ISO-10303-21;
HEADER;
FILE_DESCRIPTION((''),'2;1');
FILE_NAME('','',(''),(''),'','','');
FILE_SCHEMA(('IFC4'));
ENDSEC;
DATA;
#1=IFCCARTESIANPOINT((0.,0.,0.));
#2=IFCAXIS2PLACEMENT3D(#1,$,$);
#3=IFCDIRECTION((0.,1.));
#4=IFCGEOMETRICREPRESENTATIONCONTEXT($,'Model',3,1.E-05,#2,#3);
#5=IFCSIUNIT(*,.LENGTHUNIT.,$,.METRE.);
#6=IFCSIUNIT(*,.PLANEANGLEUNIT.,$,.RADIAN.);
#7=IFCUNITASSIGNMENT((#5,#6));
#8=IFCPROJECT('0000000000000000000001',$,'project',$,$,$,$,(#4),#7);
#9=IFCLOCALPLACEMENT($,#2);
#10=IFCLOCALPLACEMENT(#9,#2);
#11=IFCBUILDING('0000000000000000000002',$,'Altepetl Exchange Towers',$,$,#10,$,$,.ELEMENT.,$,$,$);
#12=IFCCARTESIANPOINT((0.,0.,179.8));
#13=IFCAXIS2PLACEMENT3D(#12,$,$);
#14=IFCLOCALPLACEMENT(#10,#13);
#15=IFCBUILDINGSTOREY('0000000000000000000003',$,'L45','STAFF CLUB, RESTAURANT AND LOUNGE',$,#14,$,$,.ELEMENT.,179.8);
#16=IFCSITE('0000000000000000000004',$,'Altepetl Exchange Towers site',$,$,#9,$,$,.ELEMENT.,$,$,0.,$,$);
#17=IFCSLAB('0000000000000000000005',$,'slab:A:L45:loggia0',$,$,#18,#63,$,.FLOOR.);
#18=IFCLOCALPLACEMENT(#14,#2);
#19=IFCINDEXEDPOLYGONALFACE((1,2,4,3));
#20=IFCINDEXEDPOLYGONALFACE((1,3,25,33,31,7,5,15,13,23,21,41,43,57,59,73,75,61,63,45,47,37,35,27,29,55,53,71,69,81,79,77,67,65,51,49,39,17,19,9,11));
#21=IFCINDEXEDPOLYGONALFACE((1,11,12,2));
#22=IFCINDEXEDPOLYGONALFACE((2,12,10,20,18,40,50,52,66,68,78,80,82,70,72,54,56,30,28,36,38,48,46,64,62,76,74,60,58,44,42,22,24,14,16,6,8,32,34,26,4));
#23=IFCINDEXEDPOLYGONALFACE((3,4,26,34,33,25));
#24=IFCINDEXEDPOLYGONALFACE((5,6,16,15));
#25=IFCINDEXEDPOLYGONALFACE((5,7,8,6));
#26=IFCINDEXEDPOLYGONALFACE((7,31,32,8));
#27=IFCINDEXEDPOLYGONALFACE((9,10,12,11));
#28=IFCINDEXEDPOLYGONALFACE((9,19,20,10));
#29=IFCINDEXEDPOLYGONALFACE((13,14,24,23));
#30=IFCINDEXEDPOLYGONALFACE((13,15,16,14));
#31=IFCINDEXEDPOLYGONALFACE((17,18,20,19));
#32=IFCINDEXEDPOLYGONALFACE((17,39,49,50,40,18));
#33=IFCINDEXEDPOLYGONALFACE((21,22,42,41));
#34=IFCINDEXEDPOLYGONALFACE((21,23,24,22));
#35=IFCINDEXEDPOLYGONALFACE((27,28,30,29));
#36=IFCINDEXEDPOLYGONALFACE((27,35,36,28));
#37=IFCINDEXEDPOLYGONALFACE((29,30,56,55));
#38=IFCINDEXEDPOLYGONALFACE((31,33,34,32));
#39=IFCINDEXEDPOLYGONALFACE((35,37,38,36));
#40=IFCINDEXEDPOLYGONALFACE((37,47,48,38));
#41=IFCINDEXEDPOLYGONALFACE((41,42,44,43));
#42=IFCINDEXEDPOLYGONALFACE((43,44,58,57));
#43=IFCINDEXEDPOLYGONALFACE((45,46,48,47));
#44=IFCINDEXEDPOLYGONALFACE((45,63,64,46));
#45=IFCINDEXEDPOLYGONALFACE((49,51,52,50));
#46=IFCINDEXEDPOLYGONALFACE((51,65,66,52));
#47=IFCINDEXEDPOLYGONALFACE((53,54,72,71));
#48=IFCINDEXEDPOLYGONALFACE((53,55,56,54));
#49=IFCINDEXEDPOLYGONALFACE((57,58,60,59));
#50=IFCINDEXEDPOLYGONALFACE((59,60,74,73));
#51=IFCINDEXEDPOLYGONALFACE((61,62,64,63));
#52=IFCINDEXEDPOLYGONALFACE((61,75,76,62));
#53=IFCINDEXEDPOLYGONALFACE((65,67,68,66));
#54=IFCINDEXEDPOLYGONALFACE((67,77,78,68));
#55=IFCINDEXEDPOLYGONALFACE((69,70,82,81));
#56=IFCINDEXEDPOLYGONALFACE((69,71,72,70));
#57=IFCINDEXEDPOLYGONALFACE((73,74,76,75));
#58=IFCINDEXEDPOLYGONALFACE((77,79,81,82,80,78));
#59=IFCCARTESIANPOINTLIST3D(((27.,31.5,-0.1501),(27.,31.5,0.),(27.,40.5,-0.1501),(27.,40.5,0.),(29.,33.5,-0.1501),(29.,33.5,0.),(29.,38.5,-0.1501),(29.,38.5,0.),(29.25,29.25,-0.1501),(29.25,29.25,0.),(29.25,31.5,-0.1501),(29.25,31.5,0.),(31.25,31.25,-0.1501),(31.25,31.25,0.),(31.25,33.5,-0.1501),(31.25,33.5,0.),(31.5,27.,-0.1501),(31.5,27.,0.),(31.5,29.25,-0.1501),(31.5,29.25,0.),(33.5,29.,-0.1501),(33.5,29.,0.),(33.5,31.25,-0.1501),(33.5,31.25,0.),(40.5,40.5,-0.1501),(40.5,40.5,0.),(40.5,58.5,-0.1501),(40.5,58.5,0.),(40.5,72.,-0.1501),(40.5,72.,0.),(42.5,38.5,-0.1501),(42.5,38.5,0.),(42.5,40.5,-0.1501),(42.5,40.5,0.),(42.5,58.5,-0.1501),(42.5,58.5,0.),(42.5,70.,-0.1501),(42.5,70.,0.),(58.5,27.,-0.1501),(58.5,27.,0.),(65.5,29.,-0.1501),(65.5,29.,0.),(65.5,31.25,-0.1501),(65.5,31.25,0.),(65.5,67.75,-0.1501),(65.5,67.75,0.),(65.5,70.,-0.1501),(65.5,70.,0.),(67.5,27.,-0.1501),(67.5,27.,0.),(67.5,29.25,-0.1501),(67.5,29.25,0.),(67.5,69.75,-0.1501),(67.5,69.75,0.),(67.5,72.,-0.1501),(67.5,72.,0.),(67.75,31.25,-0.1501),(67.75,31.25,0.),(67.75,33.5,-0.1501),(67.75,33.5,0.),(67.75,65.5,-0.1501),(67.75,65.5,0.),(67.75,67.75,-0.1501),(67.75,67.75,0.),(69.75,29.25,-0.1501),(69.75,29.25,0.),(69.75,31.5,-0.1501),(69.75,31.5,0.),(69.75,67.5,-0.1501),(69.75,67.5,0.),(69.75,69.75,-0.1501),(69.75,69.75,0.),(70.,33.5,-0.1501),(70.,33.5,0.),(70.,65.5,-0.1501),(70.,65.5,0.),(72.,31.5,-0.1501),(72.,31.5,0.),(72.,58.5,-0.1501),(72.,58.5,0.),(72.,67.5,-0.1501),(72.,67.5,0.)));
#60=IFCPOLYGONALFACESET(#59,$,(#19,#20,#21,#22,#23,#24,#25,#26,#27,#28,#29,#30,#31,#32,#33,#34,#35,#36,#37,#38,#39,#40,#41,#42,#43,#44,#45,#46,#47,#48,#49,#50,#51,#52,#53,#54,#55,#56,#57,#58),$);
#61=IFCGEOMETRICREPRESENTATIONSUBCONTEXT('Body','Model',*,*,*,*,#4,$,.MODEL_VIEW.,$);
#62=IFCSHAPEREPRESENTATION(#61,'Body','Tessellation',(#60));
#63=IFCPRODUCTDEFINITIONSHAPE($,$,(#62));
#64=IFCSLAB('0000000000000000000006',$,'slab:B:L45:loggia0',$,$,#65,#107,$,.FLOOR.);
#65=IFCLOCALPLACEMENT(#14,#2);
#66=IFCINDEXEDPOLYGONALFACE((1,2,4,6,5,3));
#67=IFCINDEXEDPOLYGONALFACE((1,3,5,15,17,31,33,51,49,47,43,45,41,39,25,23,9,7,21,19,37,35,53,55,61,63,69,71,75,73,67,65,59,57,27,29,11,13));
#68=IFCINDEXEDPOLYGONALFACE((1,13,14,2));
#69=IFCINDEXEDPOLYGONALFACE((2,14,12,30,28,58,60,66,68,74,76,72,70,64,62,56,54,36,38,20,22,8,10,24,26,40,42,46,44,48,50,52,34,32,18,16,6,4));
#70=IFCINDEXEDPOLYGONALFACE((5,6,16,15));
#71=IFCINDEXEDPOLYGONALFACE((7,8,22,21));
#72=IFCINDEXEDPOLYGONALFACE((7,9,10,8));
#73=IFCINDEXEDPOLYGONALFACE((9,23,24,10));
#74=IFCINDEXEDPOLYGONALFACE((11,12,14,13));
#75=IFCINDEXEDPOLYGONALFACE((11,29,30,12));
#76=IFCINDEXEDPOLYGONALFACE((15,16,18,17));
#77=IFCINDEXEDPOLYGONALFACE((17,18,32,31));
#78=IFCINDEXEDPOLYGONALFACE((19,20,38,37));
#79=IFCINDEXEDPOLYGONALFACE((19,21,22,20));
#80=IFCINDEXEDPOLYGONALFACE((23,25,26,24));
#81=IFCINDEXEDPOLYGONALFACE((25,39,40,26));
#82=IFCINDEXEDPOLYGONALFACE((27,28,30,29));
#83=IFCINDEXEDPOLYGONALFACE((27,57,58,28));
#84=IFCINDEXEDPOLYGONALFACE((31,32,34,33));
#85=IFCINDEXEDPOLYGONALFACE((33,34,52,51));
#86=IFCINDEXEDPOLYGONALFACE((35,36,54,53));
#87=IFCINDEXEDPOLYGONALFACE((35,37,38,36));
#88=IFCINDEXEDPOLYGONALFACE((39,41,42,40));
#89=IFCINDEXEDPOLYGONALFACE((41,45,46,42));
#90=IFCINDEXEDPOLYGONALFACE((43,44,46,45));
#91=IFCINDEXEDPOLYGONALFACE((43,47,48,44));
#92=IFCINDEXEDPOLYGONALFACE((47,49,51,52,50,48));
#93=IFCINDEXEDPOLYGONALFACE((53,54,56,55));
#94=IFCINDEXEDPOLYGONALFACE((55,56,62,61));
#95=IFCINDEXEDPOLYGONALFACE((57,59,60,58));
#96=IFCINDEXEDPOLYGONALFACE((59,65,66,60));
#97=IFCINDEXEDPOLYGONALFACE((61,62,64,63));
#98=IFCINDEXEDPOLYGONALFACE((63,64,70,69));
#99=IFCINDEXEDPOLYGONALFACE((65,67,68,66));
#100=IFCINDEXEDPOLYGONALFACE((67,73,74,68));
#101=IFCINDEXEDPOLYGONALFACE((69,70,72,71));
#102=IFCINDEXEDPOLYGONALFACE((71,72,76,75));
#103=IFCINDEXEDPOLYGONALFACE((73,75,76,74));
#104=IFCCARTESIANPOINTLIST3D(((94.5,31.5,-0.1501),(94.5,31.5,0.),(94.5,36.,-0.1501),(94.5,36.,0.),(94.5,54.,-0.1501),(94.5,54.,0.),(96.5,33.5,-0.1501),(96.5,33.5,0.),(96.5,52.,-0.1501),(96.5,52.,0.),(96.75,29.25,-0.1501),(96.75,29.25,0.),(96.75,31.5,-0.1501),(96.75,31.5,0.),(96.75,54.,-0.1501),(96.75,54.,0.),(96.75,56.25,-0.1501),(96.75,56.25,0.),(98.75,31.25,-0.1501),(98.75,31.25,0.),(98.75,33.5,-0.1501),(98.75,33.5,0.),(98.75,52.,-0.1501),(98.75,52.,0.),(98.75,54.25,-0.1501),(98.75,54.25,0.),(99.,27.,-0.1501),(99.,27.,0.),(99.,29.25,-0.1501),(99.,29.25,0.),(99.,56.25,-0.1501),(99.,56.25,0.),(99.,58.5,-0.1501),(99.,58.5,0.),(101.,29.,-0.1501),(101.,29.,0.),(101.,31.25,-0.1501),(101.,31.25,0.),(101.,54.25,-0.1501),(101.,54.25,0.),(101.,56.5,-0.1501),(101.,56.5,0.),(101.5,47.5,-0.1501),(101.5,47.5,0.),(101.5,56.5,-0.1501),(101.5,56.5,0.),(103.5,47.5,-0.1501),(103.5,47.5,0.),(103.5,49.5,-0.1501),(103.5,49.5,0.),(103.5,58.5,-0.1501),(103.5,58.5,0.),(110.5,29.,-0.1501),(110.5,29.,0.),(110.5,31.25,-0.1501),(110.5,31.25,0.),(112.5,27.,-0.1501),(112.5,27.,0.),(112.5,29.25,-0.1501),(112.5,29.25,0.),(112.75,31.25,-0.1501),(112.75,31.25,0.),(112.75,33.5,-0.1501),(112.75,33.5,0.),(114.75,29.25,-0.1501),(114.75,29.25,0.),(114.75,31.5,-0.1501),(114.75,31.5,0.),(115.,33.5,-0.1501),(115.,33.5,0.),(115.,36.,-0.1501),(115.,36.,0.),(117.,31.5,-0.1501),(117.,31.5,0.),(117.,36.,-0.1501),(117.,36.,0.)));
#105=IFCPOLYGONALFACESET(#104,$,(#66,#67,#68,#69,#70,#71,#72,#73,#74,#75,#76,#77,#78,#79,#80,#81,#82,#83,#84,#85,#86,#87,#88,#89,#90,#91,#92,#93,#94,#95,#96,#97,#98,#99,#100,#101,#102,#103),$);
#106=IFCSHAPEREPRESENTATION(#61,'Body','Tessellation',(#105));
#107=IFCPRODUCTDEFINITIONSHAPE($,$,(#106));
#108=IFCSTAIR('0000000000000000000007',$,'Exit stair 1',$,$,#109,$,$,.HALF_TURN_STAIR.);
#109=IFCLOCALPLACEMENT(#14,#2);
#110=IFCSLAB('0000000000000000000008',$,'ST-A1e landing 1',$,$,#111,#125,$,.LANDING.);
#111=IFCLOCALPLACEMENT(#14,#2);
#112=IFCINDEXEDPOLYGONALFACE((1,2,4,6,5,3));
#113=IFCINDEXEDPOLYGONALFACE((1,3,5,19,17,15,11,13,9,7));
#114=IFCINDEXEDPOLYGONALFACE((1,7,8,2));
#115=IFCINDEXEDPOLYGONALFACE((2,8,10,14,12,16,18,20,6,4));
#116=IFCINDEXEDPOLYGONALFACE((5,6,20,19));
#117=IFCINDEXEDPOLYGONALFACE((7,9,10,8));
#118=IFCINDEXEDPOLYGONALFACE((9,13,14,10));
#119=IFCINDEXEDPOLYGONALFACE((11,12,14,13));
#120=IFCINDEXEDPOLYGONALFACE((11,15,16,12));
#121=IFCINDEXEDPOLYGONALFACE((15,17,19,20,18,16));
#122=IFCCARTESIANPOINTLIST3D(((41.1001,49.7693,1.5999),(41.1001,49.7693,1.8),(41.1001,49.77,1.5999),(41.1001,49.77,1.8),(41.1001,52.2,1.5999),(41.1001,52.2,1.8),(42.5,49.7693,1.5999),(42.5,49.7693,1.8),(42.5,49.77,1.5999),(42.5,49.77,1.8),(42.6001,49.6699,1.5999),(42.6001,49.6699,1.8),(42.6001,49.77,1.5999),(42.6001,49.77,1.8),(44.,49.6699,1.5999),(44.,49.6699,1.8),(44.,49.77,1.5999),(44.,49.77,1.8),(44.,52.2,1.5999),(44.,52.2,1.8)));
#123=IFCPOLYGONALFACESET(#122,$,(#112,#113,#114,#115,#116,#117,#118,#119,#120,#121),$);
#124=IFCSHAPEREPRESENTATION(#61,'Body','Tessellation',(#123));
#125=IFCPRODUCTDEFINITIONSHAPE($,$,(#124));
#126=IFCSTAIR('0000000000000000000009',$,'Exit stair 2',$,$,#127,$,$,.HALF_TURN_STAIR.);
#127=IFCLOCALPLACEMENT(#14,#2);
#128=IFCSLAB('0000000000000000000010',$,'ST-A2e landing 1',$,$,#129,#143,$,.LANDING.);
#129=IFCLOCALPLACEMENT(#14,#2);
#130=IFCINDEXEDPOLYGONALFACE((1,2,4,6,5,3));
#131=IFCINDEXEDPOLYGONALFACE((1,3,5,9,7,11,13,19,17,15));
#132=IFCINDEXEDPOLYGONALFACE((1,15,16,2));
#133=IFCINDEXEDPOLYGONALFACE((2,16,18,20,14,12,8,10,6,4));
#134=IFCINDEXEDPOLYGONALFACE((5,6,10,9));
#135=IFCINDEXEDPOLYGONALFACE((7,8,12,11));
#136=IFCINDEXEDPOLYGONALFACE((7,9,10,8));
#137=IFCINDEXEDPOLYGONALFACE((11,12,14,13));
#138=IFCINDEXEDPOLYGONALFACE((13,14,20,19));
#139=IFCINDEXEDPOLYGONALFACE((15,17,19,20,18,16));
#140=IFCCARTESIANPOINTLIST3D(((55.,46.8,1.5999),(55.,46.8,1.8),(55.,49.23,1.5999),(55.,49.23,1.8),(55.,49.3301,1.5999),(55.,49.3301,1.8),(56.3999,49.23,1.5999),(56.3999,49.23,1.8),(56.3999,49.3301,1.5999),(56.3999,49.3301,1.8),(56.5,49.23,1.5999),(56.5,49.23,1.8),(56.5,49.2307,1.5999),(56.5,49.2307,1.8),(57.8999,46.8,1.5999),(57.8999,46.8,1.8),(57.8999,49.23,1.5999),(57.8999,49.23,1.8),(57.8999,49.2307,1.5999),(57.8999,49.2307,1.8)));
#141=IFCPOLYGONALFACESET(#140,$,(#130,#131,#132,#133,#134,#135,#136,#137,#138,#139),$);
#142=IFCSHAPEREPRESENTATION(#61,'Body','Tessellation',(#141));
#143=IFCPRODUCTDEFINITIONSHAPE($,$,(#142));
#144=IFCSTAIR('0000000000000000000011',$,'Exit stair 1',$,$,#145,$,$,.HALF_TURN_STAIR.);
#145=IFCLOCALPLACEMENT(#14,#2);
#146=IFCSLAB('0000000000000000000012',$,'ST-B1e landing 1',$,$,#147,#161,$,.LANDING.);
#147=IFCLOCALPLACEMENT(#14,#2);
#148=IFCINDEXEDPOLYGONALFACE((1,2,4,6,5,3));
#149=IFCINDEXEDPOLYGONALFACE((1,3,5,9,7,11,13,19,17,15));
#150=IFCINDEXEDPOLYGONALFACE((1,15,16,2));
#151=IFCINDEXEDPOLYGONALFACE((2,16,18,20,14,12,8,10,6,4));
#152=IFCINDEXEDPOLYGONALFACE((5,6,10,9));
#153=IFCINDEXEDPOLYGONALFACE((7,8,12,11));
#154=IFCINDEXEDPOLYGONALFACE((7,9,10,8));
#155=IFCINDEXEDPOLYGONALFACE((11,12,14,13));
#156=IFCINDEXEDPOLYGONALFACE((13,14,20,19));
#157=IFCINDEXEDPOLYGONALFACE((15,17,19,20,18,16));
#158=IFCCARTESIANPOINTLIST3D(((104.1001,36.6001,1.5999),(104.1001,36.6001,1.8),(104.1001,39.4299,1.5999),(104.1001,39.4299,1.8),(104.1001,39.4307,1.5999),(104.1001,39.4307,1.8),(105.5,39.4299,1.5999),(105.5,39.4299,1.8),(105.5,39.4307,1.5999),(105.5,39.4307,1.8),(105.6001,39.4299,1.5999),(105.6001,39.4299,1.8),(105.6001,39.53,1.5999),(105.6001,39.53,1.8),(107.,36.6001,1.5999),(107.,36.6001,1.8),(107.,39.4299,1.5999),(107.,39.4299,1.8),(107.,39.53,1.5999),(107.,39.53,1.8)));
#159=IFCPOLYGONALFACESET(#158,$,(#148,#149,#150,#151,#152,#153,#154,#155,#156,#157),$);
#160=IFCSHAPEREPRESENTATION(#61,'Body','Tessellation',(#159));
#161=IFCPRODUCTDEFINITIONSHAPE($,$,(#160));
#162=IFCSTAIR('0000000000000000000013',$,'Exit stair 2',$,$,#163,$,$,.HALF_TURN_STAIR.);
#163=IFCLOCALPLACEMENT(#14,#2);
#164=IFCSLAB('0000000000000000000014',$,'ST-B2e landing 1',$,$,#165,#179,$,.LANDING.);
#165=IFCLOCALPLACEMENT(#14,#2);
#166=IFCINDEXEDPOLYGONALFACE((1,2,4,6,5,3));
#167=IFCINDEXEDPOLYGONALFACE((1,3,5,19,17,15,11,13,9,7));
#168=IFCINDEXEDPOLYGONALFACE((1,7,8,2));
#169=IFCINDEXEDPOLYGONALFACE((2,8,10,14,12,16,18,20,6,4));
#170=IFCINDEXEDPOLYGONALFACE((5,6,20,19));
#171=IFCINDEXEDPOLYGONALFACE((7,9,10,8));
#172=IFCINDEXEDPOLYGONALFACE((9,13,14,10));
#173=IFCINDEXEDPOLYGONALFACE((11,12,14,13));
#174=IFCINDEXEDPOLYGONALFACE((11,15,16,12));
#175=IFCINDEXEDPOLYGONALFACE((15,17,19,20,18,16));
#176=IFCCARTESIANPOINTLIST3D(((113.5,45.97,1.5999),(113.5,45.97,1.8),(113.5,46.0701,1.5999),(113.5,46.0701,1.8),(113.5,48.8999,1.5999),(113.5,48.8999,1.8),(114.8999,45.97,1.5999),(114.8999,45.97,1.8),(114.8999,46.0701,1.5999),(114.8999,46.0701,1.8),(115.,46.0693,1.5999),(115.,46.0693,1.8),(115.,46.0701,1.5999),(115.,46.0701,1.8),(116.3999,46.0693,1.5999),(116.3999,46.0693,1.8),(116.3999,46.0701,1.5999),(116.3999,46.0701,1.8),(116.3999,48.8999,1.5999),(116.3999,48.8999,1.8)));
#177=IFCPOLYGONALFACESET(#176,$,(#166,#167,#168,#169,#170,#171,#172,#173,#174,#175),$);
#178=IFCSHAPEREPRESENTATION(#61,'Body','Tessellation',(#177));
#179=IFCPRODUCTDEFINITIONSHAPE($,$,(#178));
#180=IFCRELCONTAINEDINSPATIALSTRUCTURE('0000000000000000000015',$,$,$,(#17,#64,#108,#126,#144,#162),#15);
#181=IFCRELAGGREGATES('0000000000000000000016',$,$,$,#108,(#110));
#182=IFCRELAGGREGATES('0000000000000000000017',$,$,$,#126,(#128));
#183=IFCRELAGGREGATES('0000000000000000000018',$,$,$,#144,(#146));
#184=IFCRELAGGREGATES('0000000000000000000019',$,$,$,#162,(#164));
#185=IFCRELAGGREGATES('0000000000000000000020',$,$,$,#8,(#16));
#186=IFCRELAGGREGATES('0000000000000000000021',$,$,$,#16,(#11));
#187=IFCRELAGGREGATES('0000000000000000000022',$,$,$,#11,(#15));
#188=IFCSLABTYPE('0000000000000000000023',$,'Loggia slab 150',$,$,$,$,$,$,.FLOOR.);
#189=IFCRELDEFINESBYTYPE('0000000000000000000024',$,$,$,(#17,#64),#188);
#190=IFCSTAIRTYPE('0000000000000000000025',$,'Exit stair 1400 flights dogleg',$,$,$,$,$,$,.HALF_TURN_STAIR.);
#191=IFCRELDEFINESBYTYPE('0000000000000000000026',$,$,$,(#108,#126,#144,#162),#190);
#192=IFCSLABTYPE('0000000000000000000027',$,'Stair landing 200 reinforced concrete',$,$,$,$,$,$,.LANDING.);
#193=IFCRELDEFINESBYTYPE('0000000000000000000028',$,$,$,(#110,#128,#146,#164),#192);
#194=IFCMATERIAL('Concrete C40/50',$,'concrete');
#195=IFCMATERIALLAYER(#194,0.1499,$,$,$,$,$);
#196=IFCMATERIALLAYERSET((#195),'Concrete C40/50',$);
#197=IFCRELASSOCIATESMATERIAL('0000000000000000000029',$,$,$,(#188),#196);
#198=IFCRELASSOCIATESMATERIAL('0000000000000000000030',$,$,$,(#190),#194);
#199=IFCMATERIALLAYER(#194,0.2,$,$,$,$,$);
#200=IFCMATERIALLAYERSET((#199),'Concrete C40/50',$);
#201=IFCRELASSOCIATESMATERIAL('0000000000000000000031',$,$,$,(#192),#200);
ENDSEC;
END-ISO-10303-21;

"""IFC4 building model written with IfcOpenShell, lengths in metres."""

from ifc_helpers import new_model, si_unit, direction, frame, origin, place, context, subcontext, project, spatial, polyline, outline, extrude, material, layer, layer_set, type_object, element, aggregate, save


model = new_model("IFC4")

# Units and contexts
model_context = context("Model", 3, precision=1e-05, world=origin(), true_north=direction((0.0, 1.0)))
body_context = subcontext(model_context, "Body", "Model", "MODEL_VIEW")
ifc_project = project(units=[si_unit("LENGTHUNIT", "METRE"), si_unit("PLANEANGLEUNIT", "RADIAN")], contexts=[model_context])

# Site, building, storey
site_placement = place(None, origin())
site = spatial("IfcSite", under=ifc_project, at=site_placement, Name="Altepetl Exchange Towers site", CompositionType="ELEMENT", RefElevation=0.0)
building_placement = place(site_placement, origin())
building = spatial("IfcBuilding", under=site, at=building_placement, Name="Altepetl Exchange Towers", CompositionType="ELEMENT")
storey_placement = place(building_placement, frame((0.0, 0.0, 179.8)))
storey = spatial("IfcBuildingStorey", under=building, at=storey_placement, Name="L45", Description="STAFF CLUB, RESTAURANT AND LOUNGE", CompositionType="ELEMENT", Elevation=179.8)

# Slabs
ifc_material_1 = material(Name="Concrete C40/50", Category="concrete")
ifc_layer_1 = layer(ifc_material_1, 0.1499)
ifc_layer_set_1 = layer_set([ifc_layer_1], Name="Concrete C40/50")
slab_type_1 = type_object("IfcSlabType", Name="Loggia slab 150", PredefinedType="FLOOR", material=ifc_layer_set_1)
slab_1_placement = place(storey_placement, frame((0.0, 0.0, -0.1501)))
element("IfcSlab", 1, at=slab_1_placement, inside=storey, type_object=slab_type_1, Name="slab:A:L45:loggia0", PredefinedType="FLOOR", context=body_context, shape_type="SweptSolid", body=[
    extrude(outline(polyline([(40.5, 72.0), (40.5, 58.5), (42.5, 58.5), (42.5, 70.0), (65.5, 70.0), (65.5, 67.75), (67.75, 67.75), (67.75, 65.5), (70.0, 65.5), (70.0, 33.5), (67.75, 33.5), (67.75, 31.25), (65.5, 31.25), (65.5, 29.0), (33.5, 29.0), (33.5, 31.25), (31.25, 31.25), (31.25, 33.5), (29.0, 33.5), (29.0, 38.5), (42.5, 38.5), (42.5, 40.5), (40.5, 40.5), (27.0, 40.5), (27.0, 31.5), (29.25, 31.5), (29.25, 29.25), (31.5, 29.25), (31.5, 27.0), (58.5, 27.0), (67.5, 27.0), (67.5, 29.25), (69.75, 29.25), (69.75, 31.5), (72.0, 31.5), (72.0, 58.5), (72.0, 67.5), (69.75, 67.5), (69.75, 69.75), (67.5, 69.75), (67.5, 72.0), (40.5, 72.0)])), origin(), (0.0, 0.0, 1.0), 0.1501),
])
slab_2_placement = place(storey_placement, frame((0.0, 0.0, -0.1501)))
element("IfcSlab", 2, at=slab_2_placement, inside=storey, type_object=slab_type_1, Name="slab:B:L45:loggia0", PredefinedType="FLOOR", context=body_context, shape_type="SweptSolid", body=[
    extrude(outline(polyline([(99.0, 29.25), (99.0, 27.0), (112.5, 27.0), (112.5, 29.25), (114.75, 29.25), (114.75, 31.5), (117.0, 31.5), (117.0, 36.0), (115.0, 36.0), (115.0, 33.5), (112.75, 33.5), (112.75, 31.25), (110.5, 31.25), (110.5, 29.0), (101.0, 29.0), (101.0, 31.25), (98.75, 31.25), (98.75, 33.5), (96.5, 33.5), (96.5, 52.0), (98.75, 52.0), (98.75, 54.25), (101.0, 54.25), (101.0, 56.5), (101.5, 56.5), (101.5, 47.5), (103.5, 47.5), (103.5, 49.5), (103.5, 58.5), (99.0, 58.5), (99.0, 56.25), (96.75, 56.25), (96.75, 54.0), (94.5, 54.0), (94.5, 36.0), (94.5, 31.5), (96.75, 31.5), (96.75, 29.25), (99.0, 29.25)])), origin(), (0.0, 0.0, 1.0), 0.1501),
])

# Stairs, slabs
stair_type = type_object("IfcStairType", Name="Exit stair 1400 flights dogleg", PredefinedType="HALF_TURN_STAIR", material=ifc_material_1)
stair_1_placement = place(storey_placement, origin())
stair_1 = element("IfcStair", 3, at=stair_1_placement, inside=storey, type_object=stair_type, Name="Exit stair 1", PredefinedType="HALF_TURN_STAIR")
ifc_layer_2 = layer(ifc_material_1, 0.2)
ifc_layer_set_2 = layer_set([ifc_layer_2], Name="Concrete C40/50")
slab_type_2 = type_object("IfcSlabType", Name="Stair landing 200 reinforced concrete", PredefinedType="LANDING", material=ifc_layer_set_2)
slab_3_placement = place(storey_placement, frame((0.0, 0.0, 1.5999)))
slab_3 = element("IfcSlab", 4, at=slab_3_placement, type_object=slab_type_2, Name="ST-A1e landing 1", PredefinedType="LANDING", context=body_context, shape_type="SweptSolid", body=[
    extrude(outline(polyline([(44.0, 49.6699), (42.6001, 49.6699), (42.6001, 49.77), (42.5, 49.77), (42.5, 49.7693), (41.1001, 49.7693), (41.1001, 49.77), (41.1001, 52.2), (44.0, 52.2), (44.0, 49.77), (44.0, 49.6699)])), origin(), (0.0, 0.0, 1.0), 0.2002),
])
aggregate(stair_1, [slab_3])
stair_2_placement = place(storey_placement, origin())
stair_2 = element("IfcStair", 5, at=stair_2_placement, inside=storey, type_object=stair_type, Name="Exit stair 2", PredefinedType="HALF_TURN_STAIR")
slab_4_placement = place(storey_placement, frame((0.0, 0.0, 1.5999)))
slab_4 = element("IfcSlab", 6, at=slab_4_placement, type_object=slab_type_2, Name="ST-A2e landing 1", PredefinedType="LANDING", context=body_context, shape_type="SweptSolid", body=[
    extrude(outline(polyline([(57.8999, 46.8), (55.0, 46.8), (55.0, 49.23), (55.0, 49.3301), (56.3999, 49.3301), (56.3999, 49.23), (56.5, 49.23), (56.5, 49.2307), (57.8999, 49.2307), (57.8999, 49.23), (57.8999, 46.8)])), origin(), (0.0, 0.0, 1.0), 0.2002),
])
aggregate(stair_2, [slab_4])
stair_3_placement = place(storey_placement, origin())
stair_3 = element("IfcStair", 7, at=stair_3_placement, inside=storey, type_object=stair_type, Name="Exit stair 1", PredefinedType="HALF_TURN_STAIR")
slab_5_placement = place(storey_placement, frame((0.0, 0.0, 1.5999)))
slab_5 = element("IfcSlab", 8, at=slab_5_placement, type_object=slab_type_2, Name="ST-B1e landing 1", PredefinedType="LANDING", context=body_context, shape_type="SweptSolid", body=[
    extrude(outline(polyline([(107.0, 36.6001), (104.1001, 36.6001), (104.1001, 39.4299), (104.1001, 39.4307), (105.5, 39.4307), (105.5, 39.4299), (105.6001, 39.4299), (105.6001, 39.53), (107.0, 39.53), (107.0, 39.4299), (107.0, 36.6001)])), origin(), (0.0, 0.0, 1.0), 0.2002),
])
aggregate(stair_3, [slab_5])
stair_4_placement = place(storey_placement, origin())
stair_4 = element("IfcStair", 9, at=stair_4_placement, inside=storey, type_object=stair_type, Name="Exit stair 2", PredefinedType="HALF_TURN_STAIR")
slab_6_placement = place(storey_placement, frame((0.0, 0.0, 1.5999)))
slab_6 = element("IfcSlab", 10, at=slab_6_placement, type_object=slab_type_2, Name="ST-B2e landing 1", PredefinedType="LANDING", context=body_context, shape_type="SweptSolid", body=[
    extrude(outline(polyline([(114.8999, 45.97), (113.5, 45.97), (113.5, 46.0701), (113.5, 48.8999), (116.3999, 48.8999), (116.3999, 46.0701), (116.3999, 46.0693), (115.0, 46.0693), (115.0, 46.0701), (114.8999, 46.0701), (114.8999, 45.97)])), origin(), (0.0, 0.0, 1.0), 0.2002),
])
aggregate(stair_4, [slab_6])

save(model, "model.ifc")
